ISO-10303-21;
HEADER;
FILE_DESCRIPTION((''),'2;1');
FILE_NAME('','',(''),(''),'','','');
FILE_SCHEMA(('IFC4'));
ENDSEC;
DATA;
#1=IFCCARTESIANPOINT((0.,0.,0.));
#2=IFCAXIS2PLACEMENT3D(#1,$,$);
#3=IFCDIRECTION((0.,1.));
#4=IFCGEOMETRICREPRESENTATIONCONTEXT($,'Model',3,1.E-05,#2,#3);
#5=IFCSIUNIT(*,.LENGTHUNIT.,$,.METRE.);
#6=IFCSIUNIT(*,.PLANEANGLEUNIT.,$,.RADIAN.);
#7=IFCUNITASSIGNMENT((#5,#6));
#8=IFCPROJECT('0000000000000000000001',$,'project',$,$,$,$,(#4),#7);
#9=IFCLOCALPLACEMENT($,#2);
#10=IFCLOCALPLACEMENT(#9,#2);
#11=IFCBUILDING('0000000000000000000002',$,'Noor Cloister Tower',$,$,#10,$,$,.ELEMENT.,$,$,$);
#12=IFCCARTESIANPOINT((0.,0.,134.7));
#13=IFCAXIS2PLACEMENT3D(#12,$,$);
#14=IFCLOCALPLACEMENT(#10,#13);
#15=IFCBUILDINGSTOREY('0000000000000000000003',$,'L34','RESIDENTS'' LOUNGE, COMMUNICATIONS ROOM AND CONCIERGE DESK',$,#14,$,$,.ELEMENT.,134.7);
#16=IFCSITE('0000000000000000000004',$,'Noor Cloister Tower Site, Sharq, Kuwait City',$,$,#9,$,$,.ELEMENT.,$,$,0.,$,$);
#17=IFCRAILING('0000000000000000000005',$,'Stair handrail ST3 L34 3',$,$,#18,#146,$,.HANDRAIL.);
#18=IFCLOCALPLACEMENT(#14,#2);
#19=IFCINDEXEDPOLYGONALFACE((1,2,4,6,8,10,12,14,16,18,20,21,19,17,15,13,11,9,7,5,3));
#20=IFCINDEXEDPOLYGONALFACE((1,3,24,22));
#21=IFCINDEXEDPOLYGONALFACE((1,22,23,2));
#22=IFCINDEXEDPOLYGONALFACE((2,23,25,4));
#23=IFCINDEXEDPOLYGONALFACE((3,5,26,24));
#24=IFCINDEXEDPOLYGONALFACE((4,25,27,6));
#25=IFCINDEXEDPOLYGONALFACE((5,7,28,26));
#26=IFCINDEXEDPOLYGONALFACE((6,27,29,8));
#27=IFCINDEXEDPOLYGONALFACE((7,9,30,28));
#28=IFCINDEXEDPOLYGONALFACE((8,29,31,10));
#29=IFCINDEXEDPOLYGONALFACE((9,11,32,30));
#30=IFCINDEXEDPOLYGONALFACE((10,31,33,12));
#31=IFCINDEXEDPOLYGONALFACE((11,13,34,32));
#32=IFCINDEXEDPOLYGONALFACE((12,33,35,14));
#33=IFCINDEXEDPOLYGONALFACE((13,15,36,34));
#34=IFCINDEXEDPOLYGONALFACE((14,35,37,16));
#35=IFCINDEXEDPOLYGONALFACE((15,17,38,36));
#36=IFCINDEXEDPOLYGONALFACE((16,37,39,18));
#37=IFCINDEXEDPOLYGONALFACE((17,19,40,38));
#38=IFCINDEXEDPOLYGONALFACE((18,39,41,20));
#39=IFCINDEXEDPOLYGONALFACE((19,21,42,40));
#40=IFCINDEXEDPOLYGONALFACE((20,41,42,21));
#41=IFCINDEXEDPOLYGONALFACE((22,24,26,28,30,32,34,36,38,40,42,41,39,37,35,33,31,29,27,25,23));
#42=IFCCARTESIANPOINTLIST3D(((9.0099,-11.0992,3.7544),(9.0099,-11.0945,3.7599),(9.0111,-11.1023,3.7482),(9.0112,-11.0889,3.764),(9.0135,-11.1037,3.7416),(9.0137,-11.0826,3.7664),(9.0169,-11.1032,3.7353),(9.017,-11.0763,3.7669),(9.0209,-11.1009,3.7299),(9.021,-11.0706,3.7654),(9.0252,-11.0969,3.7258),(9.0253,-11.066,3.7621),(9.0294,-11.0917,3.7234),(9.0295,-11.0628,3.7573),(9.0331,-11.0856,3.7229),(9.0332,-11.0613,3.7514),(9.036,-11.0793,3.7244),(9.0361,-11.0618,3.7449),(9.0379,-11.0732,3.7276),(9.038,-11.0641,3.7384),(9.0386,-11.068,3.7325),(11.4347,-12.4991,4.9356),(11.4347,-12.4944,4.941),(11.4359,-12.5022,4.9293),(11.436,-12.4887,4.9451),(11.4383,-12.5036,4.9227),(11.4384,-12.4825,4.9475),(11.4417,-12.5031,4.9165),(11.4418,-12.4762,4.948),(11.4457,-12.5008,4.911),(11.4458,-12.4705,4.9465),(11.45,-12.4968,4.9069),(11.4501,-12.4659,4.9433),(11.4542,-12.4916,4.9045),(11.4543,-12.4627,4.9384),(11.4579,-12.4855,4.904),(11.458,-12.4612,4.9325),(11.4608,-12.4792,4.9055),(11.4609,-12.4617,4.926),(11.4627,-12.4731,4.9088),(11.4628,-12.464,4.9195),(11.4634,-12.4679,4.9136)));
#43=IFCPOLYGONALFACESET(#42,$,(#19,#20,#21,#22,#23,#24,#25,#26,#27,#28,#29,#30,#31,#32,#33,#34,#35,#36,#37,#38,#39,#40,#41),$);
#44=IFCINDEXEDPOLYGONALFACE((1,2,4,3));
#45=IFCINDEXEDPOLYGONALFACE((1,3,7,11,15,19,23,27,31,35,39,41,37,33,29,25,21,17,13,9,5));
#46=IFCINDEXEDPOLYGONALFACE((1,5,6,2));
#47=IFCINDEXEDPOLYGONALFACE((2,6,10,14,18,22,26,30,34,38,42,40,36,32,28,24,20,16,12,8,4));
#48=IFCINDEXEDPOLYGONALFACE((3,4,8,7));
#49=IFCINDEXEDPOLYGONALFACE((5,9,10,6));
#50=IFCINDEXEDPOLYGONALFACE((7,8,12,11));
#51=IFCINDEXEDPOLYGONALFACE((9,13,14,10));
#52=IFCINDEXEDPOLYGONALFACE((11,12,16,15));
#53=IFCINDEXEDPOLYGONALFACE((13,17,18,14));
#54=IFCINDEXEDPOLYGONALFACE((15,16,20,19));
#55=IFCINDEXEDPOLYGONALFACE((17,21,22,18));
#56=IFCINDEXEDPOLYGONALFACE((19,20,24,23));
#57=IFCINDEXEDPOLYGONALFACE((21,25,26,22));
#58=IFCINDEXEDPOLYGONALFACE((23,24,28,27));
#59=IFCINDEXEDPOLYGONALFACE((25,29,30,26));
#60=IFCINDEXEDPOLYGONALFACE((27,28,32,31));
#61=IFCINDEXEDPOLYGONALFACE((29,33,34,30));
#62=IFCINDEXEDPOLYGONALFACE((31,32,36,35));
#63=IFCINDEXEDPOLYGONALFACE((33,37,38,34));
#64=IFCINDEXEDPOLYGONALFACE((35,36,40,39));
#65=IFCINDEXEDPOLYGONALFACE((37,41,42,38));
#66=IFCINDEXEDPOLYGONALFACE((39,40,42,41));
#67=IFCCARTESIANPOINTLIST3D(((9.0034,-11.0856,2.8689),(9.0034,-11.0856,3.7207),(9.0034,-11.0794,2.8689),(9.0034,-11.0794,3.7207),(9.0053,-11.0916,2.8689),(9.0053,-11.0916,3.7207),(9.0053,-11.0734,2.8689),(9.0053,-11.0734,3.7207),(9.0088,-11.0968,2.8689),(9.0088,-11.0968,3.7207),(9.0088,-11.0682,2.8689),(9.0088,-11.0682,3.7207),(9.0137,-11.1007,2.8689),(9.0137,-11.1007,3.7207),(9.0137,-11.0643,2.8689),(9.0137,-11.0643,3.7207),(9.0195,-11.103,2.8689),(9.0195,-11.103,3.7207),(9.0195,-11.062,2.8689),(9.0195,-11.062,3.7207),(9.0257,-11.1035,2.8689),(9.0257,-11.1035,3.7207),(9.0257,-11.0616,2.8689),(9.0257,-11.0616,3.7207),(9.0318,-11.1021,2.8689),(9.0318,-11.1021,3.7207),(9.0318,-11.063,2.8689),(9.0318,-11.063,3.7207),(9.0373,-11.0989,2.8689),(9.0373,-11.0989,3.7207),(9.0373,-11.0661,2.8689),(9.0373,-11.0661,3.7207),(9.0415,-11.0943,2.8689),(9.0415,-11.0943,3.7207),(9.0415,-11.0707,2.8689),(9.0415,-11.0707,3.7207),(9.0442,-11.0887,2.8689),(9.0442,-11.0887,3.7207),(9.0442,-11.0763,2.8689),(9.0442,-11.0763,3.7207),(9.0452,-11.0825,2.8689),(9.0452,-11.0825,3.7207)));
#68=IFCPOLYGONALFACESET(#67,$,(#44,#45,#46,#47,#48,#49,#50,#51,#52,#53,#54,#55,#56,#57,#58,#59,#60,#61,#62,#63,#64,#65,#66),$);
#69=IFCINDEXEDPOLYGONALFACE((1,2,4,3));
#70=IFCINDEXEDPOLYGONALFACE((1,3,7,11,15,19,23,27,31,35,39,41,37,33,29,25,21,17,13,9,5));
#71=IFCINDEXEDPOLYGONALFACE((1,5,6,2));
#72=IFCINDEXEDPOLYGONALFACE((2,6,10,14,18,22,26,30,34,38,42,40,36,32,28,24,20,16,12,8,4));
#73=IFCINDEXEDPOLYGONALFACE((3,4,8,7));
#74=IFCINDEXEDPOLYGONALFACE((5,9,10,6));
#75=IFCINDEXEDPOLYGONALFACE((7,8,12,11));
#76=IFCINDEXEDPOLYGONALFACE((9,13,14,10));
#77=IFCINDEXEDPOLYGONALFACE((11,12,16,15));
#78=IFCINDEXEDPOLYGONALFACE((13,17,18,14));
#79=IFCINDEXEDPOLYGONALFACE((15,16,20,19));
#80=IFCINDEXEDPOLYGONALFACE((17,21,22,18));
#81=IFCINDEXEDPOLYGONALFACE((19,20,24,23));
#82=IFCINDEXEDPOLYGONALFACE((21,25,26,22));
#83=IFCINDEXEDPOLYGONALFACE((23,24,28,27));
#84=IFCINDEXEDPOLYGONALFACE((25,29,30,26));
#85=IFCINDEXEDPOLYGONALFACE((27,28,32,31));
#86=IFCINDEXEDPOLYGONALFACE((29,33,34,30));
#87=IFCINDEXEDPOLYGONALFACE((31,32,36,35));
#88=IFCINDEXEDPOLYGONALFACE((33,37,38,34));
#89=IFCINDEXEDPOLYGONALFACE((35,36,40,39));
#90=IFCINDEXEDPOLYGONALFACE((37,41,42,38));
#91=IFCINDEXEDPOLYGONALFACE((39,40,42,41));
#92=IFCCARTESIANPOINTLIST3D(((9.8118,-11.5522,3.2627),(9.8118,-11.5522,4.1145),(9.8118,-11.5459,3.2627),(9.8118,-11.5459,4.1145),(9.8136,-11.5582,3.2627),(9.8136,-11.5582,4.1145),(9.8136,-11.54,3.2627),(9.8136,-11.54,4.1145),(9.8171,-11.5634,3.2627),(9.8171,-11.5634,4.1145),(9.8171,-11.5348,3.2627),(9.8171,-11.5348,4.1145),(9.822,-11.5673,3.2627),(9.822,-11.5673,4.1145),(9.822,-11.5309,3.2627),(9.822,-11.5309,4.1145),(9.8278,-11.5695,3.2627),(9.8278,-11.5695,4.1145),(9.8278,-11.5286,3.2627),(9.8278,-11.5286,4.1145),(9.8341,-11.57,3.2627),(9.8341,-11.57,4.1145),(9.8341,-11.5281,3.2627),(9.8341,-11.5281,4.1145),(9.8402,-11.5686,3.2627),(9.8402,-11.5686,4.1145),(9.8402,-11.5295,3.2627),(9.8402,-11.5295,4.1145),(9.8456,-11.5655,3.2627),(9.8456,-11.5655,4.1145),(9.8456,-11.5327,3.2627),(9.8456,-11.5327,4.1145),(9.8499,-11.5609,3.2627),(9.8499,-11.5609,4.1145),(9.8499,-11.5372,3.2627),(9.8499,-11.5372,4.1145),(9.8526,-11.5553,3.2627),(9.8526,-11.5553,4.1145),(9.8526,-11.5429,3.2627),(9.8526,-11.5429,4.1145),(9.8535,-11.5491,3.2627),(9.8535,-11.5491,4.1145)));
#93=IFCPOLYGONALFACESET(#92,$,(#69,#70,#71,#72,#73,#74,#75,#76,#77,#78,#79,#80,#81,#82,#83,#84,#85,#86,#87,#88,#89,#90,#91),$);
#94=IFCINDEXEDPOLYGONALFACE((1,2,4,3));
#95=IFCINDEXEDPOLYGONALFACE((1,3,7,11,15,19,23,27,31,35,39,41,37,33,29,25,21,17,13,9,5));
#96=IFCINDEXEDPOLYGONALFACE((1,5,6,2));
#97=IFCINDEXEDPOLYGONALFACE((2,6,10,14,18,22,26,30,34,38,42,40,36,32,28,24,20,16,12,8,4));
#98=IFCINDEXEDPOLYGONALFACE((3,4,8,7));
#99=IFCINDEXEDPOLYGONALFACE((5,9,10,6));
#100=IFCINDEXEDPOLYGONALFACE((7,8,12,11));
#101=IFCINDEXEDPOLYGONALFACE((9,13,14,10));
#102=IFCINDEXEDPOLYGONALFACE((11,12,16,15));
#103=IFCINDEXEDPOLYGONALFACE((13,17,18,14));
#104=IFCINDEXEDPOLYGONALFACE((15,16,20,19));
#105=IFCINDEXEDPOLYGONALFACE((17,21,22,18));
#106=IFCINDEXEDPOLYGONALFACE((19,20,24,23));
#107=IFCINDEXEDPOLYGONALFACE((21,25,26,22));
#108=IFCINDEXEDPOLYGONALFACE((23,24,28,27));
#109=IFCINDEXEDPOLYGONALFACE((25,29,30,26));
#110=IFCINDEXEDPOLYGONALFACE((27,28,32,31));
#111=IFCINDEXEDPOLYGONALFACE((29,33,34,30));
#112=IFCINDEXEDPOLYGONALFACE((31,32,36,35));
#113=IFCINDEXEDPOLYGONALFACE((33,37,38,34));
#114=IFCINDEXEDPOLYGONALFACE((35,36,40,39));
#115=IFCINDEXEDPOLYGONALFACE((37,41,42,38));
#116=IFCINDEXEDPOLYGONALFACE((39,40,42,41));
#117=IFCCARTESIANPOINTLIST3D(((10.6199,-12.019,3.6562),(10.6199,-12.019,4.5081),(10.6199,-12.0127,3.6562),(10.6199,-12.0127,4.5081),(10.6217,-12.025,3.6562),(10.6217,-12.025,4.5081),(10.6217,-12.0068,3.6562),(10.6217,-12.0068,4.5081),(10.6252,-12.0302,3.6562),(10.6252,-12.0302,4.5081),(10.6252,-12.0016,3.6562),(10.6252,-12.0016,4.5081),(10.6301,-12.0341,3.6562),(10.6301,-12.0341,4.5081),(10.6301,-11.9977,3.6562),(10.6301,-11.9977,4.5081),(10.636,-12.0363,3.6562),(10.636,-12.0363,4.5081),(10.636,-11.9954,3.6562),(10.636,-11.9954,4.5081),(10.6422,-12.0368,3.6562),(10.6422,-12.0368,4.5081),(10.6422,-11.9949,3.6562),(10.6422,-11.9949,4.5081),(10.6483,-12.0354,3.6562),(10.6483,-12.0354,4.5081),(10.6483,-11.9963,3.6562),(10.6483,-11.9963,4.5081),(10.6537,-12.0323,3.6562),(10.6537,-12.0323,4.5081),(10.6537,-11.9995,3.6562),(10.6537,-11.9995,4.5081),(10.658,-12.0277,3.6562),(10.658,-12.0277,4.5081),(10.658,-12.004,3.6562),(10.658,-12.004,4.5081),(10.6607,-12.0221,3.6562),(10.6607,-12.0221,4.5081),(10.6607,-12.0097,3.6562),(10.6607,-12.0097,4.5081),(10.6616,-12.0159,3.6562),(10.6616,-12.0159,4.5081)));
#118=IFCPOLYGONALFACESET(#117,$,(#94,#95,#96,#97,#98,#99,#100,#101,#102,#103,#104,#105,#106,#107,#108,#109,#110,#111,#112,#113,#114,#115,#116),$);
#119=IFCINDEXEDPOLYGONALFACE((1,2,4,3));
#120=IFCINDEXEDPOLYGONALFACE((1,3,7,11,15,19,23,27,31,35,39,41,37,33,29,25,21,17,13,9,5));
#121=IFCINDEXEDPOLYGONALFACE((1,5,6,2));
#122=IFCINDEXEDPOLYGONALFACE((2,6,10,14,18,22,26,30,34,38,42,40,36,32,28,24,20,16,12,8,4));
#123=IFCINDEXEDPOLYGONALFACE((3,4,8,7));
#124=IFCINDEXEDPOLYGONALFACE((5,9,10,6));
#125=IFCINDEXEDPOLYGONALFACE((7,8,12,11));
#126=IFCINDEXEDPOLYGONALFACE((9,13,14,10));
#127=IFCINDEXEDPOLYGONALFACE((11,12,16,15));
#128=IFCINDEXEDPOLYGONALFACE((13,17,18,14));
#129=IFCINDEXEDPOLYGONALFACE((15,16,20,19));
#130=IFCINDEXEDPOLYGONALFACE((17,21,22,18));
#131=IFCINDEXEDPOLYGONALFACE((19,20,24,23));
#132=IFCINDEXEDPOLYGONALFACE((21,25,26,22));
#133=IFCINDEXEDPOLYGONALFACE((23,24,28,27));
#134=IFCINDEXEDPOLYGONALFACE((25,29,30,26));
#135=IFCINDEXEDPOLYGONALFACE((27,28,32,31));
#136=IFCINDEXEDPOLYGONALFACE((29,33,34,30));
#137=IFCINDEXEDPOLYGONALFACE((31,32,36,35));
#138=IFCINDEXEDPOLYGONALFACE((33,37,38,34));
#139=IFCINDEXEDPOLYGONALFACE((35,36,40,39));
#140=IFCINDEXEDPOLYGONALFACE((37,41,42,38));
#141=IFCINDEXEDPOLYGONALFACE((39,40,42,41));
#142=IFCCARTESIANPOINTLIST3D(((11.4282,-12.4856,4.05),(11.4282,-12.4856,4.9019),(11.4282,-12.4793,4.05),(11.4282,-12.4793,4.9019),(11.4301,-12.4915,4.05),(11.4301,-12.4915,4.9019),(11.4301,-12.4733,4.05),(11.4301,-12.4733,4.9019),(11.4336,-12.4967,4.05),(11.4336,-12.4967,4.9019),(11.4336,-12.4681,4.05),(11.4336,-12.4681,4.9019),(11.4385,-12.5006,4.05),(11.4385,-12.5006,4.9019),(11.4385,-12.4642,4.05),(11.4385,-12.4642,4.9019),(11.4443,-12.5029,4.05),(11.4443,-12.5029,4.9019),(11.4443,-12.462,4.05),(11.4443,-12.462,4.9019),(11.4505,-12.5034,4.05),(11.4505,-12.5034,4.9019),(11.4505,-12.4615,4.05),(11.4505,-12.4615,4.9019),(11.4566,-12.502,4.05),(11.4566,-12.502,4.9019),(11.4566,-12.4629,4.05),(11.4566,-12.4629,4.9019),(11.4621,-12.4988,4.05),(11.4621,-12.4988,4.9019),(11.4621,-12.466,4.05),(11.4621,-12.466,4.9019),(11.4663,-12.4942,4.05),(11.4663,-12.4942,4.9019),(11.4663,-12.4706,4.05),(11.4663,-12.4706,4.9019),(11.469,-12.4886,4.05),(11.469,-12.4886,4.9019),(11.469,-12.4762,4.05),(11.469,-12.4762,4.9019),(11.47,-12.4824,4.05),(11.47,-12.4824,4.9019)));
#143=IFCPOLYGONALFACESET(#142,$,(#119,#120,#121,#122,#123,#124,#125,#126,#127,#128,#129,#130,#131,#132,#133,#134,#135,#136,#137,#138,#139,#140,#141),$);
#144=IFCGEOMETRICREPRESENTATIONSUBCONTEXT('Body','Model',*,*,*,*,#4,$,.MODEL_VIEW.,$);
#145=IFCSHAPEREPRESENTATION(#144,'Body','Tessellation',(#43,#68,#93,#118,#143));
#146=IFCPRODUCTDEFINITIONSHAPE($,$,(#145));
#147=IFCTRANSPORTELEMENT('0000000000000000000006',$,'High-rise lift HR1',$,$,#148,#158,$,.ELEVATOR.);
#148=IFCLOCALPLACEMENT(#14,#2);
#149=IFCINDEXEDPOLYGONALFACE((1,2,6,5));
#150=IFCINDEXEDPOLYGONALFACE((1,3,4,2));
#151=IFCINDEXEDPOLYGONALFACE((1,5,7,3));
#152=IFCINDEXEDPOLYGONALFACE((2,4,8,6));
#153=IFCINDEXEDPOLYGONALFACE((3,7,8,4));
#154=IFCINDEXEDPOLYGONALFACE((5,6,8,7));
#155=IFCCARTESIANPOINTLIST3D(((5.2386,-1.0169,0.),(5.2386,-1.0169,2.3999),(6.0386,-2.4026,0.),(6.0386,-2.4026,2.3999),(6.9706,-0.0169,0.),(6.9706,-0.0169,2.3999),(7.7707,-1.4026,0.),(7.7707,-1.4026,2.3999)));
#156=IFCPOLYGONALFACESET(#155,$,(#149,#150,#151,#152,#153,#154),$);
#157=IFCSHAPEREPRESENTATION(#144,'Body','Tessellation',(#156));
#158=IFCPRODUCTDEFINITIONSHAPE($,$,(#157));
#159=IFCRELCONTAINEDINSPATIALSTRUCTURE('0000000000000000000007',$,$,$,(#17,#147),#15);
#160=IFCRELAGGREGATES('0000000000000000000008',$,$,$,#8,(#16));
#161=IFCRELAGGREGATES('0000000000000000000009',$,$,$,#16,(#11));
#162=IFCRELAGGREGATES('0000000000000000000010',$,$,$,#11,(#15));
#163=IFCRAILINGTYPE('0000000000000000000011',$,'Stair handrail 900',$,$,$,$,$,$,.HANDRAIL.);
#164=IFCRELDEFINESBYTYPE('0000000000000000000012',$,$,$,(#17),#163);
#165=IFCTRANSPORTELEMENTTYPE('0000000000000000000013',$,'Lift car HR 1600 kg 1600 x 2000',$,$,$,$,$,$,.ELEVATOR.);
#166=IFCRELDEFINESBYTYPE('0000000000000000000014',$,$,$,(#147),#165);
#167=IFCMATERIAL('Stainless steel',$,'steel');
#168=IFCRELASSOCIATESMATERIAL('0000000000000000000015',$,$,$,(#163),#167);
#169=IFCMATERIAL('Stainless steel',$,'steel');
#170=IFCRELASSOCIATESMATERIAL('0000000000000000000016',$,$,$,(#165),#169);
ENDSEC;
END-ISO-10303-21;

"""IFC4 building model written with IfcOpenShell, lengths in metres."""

from ifc_helpers import new_model, si_unit, direction, frame, origin, origin_2d, place, context, subcontext, project, spatial, rectangle, circle, extrude, material, type_object, element, save


model = new_model("IFC4")

# Units and contexts
model_context = context("Model", 3, precision=1e-05, world=origin(), true_north=direction((0.0, 1.0)))
body_context = subcontext(model_context, "Body", "Model", "MODEL_VIEW")
ifc_project = project(units=[si_unit("LENGTHUNIT", "METRE"), si_unit("PLANEANGLEUNIT", "RADIAN")], contexts=[model_context])

# Site, building, storey
site_placement = place(None, origin())
site = spatial("IfcSite", under=ifc_project, at=site_placement, Name="Noor Cloister Tower Site, Sharq, Kuwait City", CompositionType="ELEMENT", RefElevation=0.0)
building_placement = place(site_placement, origin())
building = spatial("IfcBuilding", under=site, at=building_placement, Name="Noor Cloister Tower", CompositionType="ELEMENT")
storey_placement = place(building_placement, frame((0.0, 0.0, 134.7)))
storey = spatial("IfcBuildingStorey", under=building, at=storey_placement, Name="L34", Description="RESIDENTS' LOUNGE, COMMUNICATIONS ROOM AND CONCIERGE DESK", CompositionType="ELEMENT", Elevation=134.7)

# Railing
ifc_material_1 = material(Name="Stainless steel", Category="steel")
railing_type = type_object("IfcRailingType", Name="Stair handrail 900", PredefinedType="HANDRAIL", material=ifc_material_1)
railing_1_placement = place(storey_placement, frame((9.0242, -11.0825, 2.8689)))
element("IfcRailing", 1, at=railing_1_placement, inside=storey, type_object=railing_type, Name="Stair handrail ST3 L34 3", PredefinedType="HANDRAIL", context=body_context, shape_type="SweptSolid", body=[
    extrude(circle(Radius=0.0239, at=origin_2d()), frame((0.0, 0.0, 0.876), z_axis=(0.797939, -0.460671, 0.388686), x_axis=(0.499984, 0.866035, 0.0)), (0.0, 0.0, 1.0), 3.0388),
    extrude(circle(Radius=0.021, at=origin_2d()), origin(), (0.0, 0.0, 1.0), 0.8518),
    extrude(circle(Radius=0.021, at=origin_2d()), frame((0.8083, -0.4666, 0.3938)), (0.0, 0.0, 1.0), 0.8518),
    extrude(circle(Radius=0.021, at=origin_2d()), frame((1.6165, -0.9333, 0.7874)), (0.0, 0.0, 1.0), 0.8518),
    extrude(circle(Radius=0.021, at=origin_2d()), frame((2.4248, -1.3999, 1.1812)), (0.0, 0.0, 1.0), 0.8518),
])

# Transport element
ifc_material_2 = material(Name="Stainless steel", Category="steel")
transport_element_type = type_object("IfcTransportElementType", Name="Lift car HR 1600 kg 1600 x 2000", PredefinedType="ELEVATOR", material=ifc_material_2)
transport_element_placement = place(storey_placement, frame((6.5046, -1.2097, 0.0), z_axis=(0.0, 0.0, 1.0), x_axis=(-0.5, 0.866025, 0.0)))
element("IfcTransportElement", 2, at=transport_element_placement, inside=storey, type_object=transport_element_type, Name="High-rise lift HR1", PredefinedType="ELEVATOR", context=body_context, shape_type="SweptSolid", body=[
    extrude(rectangle(XDim=1.6001, YDim=2.0, at=origin_2d()), origin(), (0.0, 0.0, 1.0), 2.3999),
])

save(model, "model.ifc")
